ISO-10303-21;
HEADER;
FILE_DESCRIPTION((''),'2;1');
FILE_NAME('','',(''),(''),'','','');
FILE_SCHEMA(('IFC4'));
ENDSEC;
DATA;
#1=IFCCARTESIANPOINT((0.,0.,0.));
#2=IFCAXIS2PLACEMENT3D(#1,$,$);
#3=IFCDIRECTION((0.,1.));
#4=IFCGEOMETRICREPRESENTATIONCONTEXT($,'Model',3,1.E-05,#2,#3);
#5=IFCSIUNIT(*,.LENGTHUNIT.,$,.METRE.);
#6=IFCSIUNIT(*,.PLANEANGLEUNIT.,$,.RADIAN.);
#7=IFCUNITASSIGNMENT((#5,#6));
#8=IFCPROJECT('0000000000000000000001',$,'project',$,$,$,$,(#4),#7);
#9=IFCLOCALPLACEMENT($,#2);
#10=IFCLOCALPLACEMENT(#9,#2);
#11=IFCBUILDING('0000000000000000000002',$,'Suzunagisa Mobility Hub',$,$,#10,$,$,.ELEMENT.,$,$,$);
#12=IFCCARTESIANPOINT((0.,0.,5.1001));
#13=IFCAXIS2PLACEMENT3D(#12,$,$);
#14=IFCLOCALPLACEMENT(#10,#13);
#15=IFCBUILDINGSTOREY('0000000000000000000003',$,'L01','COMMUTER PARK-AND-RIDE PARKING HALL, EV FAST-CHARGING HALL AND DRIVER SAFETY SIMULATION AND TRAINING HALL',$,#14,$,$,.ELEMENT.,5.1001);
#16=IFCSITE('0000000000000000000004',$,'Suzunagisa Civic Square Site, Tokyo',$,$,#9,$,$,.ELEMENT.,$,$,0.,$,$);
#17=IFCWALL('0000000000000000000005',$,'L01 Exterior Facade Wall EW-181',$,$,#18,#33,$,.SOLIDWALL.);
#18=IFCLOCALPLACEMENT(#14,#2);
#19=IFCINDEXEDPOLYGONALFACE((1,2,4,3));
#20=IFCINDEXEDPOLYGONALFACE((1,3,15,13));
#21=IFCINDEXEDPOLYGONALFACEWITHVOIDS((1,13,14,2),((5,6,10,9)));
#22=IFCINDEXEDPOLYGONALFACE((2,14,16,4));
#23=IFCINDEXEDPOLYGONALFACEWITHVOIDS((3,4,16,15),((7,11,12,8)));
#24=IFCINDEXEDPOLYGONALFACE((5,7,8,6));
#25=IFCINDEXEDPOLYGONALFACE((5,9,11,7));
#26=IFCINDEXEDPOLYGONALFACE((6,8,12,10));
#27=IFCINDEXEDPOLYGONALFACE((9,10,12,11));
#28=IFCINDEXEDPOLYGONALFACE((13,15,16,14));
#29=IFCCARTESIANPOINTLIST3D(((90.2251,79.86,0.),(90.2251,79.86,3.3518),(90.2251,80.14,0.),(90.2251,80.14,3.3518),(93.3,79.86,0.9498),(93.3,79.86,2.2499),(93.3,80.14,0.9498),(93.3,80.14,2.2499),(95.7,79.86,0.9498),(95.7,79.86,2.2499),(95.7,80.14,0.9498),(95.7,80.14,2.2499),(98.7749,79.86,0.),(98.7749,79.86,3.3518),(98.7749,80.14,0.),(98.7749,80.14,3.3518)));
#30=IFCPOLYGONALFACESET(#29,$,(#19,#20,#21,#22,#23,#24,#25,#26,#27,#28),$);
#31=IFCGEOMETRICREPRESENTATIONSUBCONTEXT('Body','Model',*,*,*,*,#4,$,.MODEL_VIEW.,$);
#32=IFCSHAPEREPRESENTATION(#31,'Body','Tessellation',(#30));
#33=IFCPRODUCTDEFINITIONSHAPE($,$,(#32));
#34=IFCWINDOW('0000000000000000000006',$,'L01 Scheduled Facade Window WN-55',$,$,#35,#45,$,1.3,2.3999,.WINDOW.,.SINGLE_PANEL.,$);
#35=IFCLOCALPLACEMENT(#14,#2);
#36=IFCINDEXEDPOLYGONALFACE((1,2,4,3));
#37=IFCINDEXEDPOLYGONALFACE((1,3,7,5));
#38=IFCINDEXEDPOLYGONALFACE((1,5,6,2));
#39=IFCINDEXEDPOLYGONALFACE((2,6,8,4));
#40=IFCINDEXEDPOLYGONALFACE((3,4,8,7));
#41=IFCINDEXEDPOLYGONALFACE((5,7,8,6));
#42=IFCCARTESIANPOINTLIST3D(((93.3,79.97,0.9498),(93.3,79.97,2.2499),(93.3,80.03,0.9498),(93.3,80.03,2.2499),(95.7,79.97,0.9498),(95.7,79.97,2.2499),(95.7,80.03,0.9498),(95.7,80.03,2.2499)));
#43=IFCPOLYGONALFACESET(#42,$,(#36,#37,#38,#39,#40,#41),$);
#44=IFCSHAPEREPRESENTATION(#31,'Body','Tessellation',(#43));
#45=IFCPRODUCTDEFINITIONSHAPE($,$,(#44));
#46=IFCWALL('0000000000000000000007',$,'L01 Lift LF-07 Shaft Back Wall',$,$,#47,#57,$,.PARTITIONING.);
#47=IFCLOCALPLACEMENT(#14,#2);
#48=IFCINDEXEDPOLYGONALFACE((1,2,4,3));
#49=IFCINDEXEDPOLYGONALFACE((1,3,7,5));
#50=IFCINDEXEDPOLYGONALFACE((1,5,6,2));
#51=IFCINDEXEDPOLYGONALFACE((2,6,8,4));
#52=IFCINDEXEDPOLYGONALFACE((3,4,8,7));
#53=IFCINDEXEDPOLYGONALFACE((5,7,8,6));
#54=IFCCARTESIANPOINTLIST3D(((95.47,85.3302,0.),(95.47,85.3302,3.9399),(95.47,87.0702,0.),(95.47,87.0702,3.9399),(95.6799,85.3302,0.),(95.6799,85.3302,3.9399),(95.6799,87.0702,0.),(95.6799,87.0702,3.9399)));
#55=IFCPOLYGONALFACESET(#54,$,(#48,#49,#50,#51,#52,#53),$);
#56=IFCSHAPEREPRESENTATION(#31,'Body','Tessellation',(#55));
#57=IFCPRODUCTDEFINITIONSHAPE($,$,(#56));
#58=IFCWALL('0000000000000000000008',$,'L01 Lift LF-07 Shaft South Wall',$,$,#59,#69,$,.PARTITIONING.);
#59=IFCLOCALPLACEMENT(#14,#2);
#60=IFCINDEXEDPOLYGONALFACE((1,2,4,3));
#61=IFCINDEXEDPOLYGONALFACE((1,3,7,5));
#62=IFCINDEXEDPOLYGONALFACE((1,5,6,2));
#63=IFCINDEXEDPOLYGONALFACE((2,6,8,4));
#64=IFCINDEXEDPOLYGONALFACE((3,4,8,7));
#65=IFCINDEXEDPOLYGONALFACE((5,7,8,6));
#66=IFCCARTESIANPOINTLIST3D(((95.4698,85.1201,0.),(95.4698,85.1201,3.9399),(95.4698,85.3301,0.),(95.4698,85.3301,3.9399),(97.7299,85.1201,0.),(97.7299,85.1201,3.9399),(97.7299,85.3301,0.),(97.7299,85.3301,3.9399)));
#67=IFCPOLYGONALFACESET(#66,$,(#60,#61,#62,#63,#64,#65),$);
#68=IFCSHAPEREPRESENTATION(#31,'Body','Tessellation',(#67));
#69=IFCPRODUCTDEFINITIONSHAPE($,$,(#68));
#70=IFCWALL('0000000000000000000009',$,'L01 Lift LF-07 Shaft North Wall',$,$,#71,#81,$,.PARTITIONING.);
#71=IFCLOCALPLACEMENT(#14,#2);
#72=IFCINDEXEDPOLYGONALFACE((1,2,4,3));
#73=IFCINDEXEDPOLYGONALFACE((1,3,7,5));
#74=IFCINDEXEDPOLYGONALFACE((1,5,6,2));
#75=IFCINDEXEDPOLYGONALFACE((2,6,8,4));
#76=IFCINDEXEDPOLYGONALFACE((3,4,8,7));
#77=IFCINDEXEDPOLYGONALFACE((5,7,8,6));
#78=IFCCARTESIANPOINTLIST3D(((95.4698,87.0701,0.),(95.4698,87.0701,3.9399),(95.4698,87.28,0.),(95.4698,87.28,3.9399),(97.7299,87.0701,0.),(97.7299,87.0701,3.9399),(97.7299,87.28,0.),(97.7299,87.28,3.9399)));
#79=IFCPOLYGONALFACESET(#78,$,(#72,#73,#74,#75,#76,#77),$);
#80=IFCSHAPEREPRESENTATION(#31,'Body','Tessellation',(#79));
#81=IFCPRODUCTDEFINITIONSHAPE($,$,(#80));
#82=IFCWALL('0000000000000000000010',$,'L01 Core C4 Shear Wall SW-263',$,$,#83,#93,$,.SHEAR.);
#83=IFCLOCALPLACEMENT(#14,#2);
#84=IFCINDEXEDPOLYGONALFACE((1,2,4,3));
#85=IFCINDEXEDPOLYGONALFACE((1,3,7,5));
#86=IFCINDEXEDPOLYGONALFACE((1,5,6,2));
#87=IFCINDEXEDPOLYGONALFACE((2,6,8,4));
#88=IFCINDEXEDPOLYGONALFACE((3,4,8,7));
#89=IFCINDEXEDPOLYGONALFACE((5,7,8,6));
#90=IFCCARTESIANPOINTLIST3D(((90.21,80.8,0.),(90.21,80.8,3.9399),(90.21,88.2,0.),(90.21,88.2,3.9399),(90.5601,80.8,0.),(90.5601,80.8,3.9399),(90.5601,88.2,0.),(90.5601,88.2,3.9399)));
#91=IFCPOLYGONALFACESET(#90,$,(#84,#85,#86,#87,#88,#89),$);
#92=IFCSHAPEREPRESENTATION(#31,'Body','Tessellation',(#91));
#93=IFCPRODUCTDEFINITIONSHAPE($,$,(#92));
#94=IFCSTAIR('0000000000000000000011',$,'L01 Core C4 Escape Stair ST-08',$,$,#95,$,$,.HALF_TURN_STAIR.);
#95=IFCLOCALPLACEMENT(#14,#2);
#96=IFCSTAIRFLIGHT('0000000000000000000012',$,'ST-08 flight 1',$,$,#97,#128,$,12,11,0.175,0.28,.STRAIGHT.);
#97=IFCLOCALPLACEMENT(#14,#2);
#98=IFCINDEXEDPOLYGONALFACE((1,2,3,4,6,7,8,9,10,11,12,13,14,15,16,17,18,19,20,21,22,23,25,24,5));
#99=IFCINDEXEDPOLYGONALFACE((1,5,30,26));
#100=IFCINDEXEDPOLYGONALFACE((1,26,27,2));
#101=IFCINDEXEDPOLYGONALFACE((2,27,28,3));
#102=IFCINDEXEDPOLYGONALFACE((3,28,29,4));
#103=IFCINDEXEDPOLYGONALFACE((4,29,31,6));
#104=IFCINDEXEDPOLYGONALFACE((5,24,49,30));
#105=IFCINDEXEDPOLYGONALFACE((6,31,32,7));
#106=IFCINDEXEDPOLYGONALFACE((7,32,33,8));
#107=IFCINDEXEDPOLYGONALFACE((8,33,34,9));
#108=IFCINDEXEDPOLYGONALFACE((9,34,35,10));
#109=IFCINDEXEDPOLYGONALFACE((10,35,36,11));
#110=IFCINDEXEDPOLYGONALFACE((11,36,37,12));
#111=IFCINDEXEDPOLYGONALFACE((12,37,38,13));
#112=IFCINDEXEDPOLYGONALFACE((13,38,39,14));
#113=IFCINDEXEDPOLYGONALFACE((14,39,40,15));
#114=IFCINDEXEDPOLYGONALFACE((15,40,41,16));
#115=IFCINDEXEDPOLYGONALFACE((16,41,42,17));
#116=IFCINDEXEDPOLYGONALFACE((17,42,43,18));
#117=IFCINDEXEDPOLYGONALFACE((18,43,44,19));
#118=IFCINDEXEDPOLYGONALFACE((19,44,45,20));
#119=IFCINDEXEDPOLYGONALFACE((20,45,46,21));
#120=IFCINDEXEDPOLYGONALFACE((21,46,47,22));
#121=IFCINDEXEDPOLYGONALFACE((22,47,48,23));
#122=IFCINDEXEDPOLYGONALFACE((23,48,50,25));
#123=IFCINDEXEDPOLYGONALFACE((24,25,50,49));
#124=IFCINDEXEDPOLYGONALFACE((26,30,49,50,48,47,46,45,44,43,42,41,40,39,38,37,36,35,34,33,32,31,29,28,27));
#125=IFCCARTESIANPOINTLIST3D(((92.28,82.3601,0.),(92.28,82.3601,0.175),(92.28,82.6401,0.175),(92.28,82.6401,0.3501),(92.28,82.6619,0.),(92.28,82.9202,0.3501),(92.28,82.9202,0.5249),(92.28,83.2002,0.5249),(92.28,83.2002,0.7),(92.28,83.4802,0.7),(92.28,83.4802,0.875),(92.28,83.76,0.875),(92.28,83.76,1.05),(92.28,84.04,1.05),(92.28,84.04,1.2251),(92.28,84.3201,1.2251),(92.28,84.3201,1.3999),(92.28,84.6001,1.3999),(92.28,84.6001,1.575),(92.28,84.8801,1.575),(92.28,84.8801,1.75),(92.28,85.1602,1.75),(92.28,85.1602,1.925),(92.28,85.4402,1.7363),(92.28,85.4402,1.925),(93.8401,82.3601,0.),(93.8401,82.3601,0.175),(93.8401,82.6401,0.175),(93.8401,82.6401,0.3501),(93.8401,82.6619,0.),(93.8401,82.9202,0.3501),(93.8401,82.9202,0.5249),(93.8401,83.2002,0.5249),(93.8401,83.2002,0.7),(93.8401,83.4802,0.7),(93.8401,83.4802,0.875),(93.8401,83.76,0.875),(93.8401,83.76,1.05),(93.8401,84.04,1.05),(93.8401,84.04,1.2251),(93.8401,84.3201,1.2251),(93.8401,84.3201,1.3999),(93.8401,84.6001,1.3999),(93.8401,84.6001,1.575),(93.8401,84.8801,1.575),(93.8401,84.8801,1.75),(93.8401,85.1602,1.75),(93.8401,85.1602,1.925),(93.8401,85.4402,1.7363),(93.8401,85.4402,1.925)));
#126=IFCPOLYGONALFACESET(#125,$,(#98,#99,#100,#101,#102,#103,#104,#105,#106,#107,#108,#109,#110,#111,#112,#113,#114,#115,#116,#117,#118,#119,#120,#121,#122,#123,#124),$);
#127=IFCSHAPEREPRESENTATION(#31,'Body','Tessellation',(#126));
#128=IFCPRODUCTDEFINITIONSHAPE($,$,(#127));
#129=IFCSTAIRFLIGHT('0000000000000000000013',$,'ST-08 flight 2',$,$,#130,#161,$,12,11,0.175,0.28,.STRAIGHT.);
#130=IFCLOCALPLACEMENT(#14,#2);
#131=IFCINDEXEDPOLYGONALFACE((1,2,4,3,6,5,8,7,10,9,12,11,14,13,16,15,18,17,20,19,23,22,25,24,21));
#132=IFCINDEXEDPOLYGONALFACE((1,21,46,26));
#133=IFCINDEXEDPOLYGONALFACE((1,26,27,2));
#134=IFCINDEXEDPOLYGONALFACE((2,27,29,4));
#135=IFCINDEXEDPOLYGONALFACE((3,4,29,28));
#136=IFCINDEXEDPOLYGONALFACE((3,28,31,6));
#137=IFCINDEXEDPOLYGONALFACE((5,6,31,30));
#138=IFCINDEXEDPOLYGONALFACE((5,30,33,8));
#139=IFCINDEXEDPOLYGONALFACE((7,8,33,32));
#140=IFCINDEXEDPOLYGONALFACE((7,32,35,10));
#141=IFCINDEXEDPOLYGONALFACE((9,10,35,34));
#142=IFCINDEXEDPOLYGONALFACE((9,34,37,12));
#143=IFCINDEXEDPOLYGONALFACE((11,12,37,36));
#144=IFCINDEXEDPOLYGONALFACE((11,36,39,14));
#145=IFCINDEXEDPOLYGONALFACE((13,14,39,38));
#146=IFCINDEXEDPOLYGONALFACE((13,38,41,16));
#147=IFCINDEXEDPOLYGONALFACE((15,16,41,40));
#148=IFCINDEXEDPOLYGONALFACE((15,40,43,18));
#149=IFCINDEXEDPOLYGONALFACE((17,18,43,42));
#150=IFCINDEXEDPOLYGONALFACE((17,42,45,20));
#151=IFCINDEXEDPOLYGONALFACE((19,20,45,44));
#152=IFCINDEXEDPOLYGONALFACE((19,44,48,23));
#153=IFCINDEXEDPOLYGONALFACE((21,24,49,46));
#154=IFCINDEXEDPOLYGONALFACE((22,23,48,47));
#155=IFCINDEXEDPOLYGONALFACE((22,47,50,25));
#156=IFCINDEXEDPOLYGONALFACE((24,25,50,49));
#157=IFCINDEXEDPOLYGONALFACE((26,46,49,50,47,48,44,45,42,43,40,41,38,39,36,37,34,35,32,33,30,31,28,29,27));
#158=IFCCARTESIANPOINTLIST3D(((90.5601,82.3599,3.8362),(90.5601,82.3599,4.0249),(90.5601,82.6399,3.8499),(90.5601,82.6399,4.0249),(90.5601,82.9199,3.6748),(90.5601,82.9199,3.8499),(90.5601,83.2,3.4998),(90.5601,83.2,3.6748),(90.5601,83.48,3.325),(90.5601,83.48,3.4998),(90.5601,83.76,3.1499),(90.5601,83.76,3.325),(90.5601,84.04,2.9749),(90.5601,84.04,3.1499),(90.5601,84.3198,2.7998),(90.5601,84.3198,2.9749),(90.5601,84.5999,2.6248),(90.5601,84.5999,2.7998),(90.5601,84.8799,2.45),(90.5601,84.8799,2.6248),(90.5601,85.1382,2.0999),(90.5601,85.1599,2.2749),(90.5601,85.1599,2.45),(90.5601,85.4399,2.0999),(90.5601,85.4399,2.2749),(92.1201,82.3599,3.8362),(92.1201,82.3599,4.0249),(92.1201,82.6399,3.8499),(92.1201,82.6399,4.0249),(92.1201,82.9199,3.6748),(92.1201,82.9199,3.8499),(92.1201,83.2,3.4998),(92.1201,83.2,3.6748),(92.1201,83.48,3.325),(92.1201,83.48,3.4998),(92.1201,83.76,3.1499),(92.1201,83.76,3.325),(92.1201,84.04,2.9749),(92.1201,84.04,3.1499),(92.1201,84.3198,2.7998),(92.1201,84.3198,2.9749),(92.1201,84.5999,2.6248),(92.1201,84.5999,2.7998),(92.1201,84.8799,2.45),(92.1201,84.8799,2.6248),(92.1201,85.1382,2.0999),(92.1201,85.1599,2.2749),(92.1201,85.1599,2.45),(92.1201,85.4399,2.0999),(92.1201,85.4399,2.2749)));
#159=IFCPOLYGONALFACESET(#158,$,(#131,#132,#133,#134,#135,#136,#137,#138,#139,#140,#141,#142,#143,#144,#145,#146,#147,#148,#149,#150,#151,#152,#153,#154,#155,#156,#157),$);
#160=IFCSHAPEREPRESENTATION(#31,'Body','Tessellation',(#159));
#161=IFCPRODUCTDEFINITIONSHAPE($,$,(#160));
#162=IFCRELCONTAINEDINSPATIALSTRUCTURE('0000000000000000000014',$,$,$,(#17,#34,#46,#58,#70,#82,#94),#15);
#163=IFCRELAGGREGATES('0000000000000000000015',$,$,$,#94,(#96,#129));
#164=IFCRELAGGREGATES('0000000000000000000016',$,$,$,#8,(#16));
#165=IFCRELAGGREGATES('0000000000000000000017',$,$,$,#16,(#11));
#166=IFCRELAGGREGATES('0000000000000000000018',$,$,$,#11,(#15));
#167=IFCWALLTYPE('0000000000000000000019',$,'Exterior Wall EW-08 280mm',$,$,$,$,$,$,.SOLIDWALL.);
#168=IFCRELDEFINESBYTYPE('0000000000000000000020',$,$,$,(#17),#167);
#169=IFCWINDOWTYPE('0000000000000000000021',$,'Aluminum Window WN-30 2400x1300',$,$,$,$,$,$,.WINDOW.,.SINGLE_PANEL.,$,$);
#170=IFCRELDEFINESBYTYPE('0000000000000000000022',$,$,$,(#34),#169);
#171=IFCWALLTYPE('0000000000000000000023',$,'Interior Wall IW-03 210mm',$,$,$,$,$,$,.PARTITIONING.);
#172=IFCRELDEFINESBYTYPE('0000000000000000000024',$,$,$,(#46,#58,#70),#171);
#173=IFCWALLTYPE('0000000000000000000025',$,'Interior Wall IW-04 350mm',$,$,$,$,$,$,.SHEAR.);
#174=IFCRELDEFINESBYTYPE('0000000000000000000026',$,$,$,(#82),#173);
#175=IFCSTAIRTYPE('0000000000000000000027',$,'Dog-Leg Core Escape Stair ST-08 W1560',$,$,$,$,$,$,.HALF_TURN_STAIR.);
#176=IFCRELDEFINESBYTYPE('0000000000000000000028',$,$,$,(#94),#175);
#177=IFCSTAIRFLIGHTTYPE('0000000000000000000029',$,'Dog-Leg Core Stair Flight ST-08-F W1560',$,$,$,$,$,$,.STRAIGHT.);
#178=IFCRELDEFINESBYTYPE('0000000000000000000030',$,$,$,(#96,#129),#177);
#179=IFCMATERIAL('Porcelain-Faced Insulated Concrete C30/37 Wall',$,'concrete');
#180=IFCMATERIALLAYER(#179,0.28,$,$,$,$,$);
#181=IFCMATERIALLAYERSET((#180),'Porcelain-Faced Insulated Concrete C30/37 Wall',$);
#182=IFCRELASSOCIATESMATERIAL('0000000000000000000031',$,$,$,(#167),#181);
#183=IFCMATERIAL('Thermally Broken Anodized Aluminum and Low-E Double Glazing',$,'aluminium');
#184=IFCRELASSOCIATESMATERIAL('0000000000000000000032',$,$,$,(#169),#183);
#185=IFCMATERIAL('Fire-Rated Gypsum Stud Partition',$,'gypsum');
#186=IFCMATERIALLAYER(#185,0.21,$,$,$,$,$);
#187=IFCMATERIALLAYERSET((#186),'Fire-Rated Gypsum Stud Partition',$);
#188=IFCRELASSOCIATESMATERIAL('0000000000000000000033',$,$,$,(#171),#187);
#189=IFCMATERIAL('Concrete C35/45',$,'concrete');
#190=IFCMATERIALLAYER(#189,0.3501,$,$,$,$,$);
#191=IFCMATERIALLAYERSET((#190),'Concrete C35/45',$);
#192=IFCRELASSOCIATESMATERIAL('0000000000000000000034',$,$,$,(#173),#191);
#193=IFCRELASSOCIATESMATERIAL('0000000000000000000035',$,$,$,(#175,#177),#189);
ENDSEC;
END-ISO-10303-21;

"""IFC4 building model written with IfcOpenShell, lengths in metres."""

from ifc_helpers import new_model, si_unit, direction, frame, frame_2d, origin, place, context, subcontext, project, spatial, polyline, rectangle, outline, extrude, material, layer, layer_set, type_object, element, fill, aggregate, save


model = new_model("IFC4")

# Units and contexts
model_context = context("Model", 3, precision=1e-05, world=origin(), true_north=direction((0.0, 1.0)))
body_context = subcontext(model_context, "Body", "Model", "MODEL_VIEW")
ifc_project = project(units=[si_unit("LENGTHUNIT", "METRE"), si_unit("PLANEANGLEUNIT", "RADIAN")], contexts=[model_context])

# Site, building, storey
site_placement = place(None, origin())
site = spatial("IfcSite", under=ifc_project, at=site_placement, Name="Suzunagisa Civic Square Site, Tokyo", CompositionType="ELEMENT", RefElevation=0.0)
building_placement = place(site_placement, origin())
building = spatial("IfcBuilding", under=site, at=building_placement, Name="Suzunagisa Mobility Hub", CompositionType="ELEMENT")
storey_placement = place(building_placement, frame((0.0, 0.0, 5.1001)))
storey = spatial("IfcBuildingStorey", under=building, at=storey_placement, Name="L01", Description="COMMUTER PARK-AND-RIDE PARKING HALL, EV FAST-CHARGING HALL AND DRIVER SAFETY SIMULATION AND TRAINING HALL", CompositionType="ELEMENT", Elevation=5.1001)

# Wall, opening, window
ifc_material_1 = material(Name="Porcelain-Faced Insulated Concrete C30/37 Wall", Category="concrete")
ifc_material_2 = material(Name="Thermally Broken Anodized Aluminum and Low-E Double Glazing", Category="aluminium")
ifc_layer_1 = layer(ifc_material_1, 0.28)
ifc_layer_set_1 = layer_set([ifc_layer_1], Name="Porcelain-Faced Insulated Concrete C30/37 Wall")
wall_type_1 = type_object("IfcWallType", Name="Exterior Wall EW-08 280mm", PredefinedType="SOLIDWALL", material=ifc_layer_set_1)
wall_1_placement = place(storey_placement, frame((90.2251, 80.0, 0.0), z_axis=(0.0, 0.0, 1.0), x_axis=(1.0, 0.0, 0.0)))
wall_1 = element("IfcWall", 1, at=wall_1_placement, inside=storey, type_object=wall_type_1, Name="L01 Exterior Facade Wall EW-181", PredefinedType="SOLIDWALL", context=body_context, shape_type="SweptSolid", body=[
    extrude(rectangle(XDim=8.5498, YDim=0.28, at=frame_2d((4.2749, 0.0))), origin(), (0.0, 0.0, 1.0), 3.3518),
])
opening_1_placement = place(wall_1_placement, frame((3.075, 0.0, 0.95)))
opening_1 = element("IfcOpeningElement", 2, at=opening_1_placement, cuts=wall_1, PredefinedType="OPENING", context=body_context, shape_type="SweptSolid", body=[
    extrude(rectangle(XDim=2.3999, YDim=1.3, at=frame_2d((1.2, 0.6499))), frame((0.0, 0.1509, 0.0), z_axis=(0.0, -1.0, 0.0), x_axis=(1.0, 0.0, 0.0)), (0.0, 0.0, 1.0), 0.302),
])
window_type_1 = type_object("IfcWindowType", Name="Aluminum Window WN-30 2400x1300", PartitioningType="SINGLE_PANEL", PredefinedType="WINDOW", material=ifc_material_2)
window_1_placement = place(opening_1_placement, origin())
window_1 = element("IfcWindow", 3, at=window_1_placement, inside=storey, type_object=window_type_1, Name="L01 Scheduled Facade Window WN-55", OverallHeight=1.3, OverallWidth=2.3999, PartitioningType="SINGLE_PANEL", PredefinedType="WINDOW", context=body_context, shape_type="SweptSolid", body=[
    extrude(rectangle(XDim=2.3999, YDim=1.3, at=frame_2d((1.2, 0.6499))), frame((0.0, 0.03, 0.0), z_axis=(0.0, -1.0, 0.0), x_axis=(1.0, 0.0, 0.0)), (0.0, 0.0, 1.0), 0.0601),
])
fill(opening_1, window_1)

# Shared definitions
ifc_material_3 = material(Name="Fire-Rated Gypsum Stud Partition", Category="gypsum")
ifc_layer_2 = layer(ifc_material_3, 0.21)
ifc_layer_set_2 = layer_set([ifc_layer_2], Name="Fire-Rated Gypsum Stud Partition")
wall_type_2 = type_object("IfcWallType", Name="Interior Wall IW-03 210mm", PredefinedType="PARTITIONING", material=ifc_layer_set_2)

# Walls
wall_2_placement = place(storey_placement, frame((95.575, 85.3301, 0.0), z_axis=(0.0, 0.0, 1.0), x_axis=(0.0, 1.0, 0.0)))
element("IfcWall", 4, at=wall_2_placement, inside=storey, type_object=wall_type_2, Name="L01 Lift LF-07 Shaft Back Wall", PredefinedType="PARTITIONING", context=body_context, shape_type="SweptSolid", body=[
    extrude(rectangle(XDim=1.74, YDim=0.21, at=frame_2d((0.8701, 0.0))), origin(), (0.0, 0.0, 1.0), 3.9399),
])
for number, where, z_axis, x_axis, name in (
    (5, (95.47, 85.2251, 0.0), (0.0, 0.0, 1.0), (1.0, 0.0, 0.0), "L01 Lift LF-07 Shaft South Wall"),
    (6, (95.47, 87.175, 0.0), (0.0, 0.0, 1.0), (1.0, 0.0, 0.0), "L01 Lift LF-07 Shaft North Wall"),
):
    element("IfcWall", number, at=place(storey_placement, frame(where, z_axis=z_axis, x_axis=x_axis)), inside=storey, type_object=wall_type_2, Name=name, PredefinedType="PARTITIONING", context=body_context, shape_type="SweptSolid", body=[
        extrude(rectangle(XDim=2.26, YDim=0.21, at=frame_2d((1.1299, 0.0))), origin(), (0.0, 0.0, 1.0), 3.9399),
    ])
ifc_material_4 = material(Name="Concrete C35/45", Category="concrete")
ifc_layer_3 = layer(ifc_material_4, 0.3501)
ifc_layer_set_3 = layer_set([ifc_layer_3], Name="Concrete C35/45")
wall_type_3 = type_object("IfcWallType", Name="Interior Wall IW-04 350mm", PredefinedType="SHEAR", material=ifc_layer_set_3)
wall_3_placement = place(storey_placement, frame((90.385, 80.8, 0.0), z_axis=(0.0, 0.0, 1.0), x_axis=(0.0, 1.0, 0.0)))
element("IfcWall", 7, at=wall_3_placement, inside=storey, type_object=wall_type_3, Name="L01 Core C4 Shear Wall SW-263", PredefinedType="SHEAR", context=body_context, shape_type="SweptSolid", body=[
    extrude(rectangle(XDim=7.3999, YDim=0.3501, at=frame_2d((3.7, 0.0))), origin(), (0.0, 0.0, 1.0), 3.9399),
])

# Stair, stair flights
stair_type = type_object("IfcStairType", Name="Dog-Leg Core Escape Stair ST-08 W1560", PredefinedType="HALF_TURN_STAIR", material=ifc_material_4)
stair_placement = place(storey_placement, origin())
stair = element("IfcStair", 8, at=stair_placement, inside=storey, type_object=stair_type, Name="L01 Core C4 Escape Stair ST-08", PredefinedType="HALF_TURN_STAIR")
stair_flight_type = type_object("IfcStairFlightType", Name="Dog-Leg Core Stair Flight ST-08-F W1560", PredefinedType="STRAIGHT", material=ifc_material_4)
stair_flight_1_placement = place(storey_placement, frame((93.0601, 82.3601, 0.0), z_axis=(0.0, 0.0, 1.0), x_axis=(0.0, 1.0, 0.0)))
stair_flight_1 = element("IfcStairFlight", 9, at=stair_flight_1_placement, type_object=stair_flight_type, Name="ST-08 flight 1", NumberOfRisers=12, NumberOfTreads=11, PredefinedType="STRAIGHT", RiserHeight=0.175, TreadLength=0.28, context=body_context, shape_type="SweptSolid", body=[
    extrude(outline(polyline([(0.0, 0.0), (0.0, 0.175), (0.28, 0.175), (0.28, 0.3501), (0.5601, 0.3501), (0.5601, 0.5249), (0.8401, 0.5249), (0.8401, 0.7), (1.1201, 0.7), (1.1201, 0.875), (1.3999, 0.875), (1.3999, 1.05), (1.6799, 1.05), (1.6799, 1.2251), (1.96, 1.2251), (1.96, 1.3999), (2.24, 1.3999), (2.24, 1.575), (2.52, 1.575), (2.52, 1.75), (2.8, 1.75), (2.8, 1.925), (3.0801, 1.925), (3.0801, 2.1001), (3.0801, 1.7363), (0.3018, 0.0), (0.0, 0.0)])), frame((0.0, 0.78, 0.0), z_axis=(0.0, -1.0, 0.0), x_axis=(1.0, 0.0, 0.0)), (0.0, 0.0, 1.0), 1.5601),
])
stair_flight_2_placement = place(storey_placement, frame((91.3401, 85.4399, 2.0999), z_axis=(0.0, 0.0, 1.0), x_axis=(0.0, -1.0, 0.0)))
stair_flight_2 = element("IfcStairFlight", 10, at=stair_flight_2_placement, type_object=stair_flight_type, Name="ST-08 flight 2", NumberOfRisers=12, NumberOfTreads=11, PredefinedType="STRAIGHT", RiserHeight=0.175, TreadLength=0.28, context=body_context, shape_type="SweptSolid", body=[
    extrude(outline(polyline([(0.0, 0.0), (0.0, 0.175), (0.28, 0.175), (0.28, 0.3501), (0.5601, 0.3501), (0.5601, 0.5249), (0.8401, 0.5249), (0.8401, 0.7), (1.1201, 0.7), (1.1201, 0.875), (1.3999, 0.875), (1.3999, 1.05), (1.6799, 1.05), (1.6799, 1.2251), (1.96, 1.2251), (1.96, 1.3999), (2.24, 1.3999), (2.24, 1.575), (2.52, 1.575), (2.52, 1.75), (2.8, 1.75), (2.8, 1.925), (3.0801, 1.925), (3.0801, 2.1001), (3.0801, 1.7363), (0.3018, 0.0), (0.0, 0.0)])), frame((0.0, 0.78, 0.0), z_axis=(0.0, -1.0, 0.0), x_axis=(1.0, 0.0, 0.0)), (0.0, 0.0, 1.0), 1.5601),
])
aggregate(stair, [stair_flight_1, stair_flight_2])

save(model, "model.ifc")
